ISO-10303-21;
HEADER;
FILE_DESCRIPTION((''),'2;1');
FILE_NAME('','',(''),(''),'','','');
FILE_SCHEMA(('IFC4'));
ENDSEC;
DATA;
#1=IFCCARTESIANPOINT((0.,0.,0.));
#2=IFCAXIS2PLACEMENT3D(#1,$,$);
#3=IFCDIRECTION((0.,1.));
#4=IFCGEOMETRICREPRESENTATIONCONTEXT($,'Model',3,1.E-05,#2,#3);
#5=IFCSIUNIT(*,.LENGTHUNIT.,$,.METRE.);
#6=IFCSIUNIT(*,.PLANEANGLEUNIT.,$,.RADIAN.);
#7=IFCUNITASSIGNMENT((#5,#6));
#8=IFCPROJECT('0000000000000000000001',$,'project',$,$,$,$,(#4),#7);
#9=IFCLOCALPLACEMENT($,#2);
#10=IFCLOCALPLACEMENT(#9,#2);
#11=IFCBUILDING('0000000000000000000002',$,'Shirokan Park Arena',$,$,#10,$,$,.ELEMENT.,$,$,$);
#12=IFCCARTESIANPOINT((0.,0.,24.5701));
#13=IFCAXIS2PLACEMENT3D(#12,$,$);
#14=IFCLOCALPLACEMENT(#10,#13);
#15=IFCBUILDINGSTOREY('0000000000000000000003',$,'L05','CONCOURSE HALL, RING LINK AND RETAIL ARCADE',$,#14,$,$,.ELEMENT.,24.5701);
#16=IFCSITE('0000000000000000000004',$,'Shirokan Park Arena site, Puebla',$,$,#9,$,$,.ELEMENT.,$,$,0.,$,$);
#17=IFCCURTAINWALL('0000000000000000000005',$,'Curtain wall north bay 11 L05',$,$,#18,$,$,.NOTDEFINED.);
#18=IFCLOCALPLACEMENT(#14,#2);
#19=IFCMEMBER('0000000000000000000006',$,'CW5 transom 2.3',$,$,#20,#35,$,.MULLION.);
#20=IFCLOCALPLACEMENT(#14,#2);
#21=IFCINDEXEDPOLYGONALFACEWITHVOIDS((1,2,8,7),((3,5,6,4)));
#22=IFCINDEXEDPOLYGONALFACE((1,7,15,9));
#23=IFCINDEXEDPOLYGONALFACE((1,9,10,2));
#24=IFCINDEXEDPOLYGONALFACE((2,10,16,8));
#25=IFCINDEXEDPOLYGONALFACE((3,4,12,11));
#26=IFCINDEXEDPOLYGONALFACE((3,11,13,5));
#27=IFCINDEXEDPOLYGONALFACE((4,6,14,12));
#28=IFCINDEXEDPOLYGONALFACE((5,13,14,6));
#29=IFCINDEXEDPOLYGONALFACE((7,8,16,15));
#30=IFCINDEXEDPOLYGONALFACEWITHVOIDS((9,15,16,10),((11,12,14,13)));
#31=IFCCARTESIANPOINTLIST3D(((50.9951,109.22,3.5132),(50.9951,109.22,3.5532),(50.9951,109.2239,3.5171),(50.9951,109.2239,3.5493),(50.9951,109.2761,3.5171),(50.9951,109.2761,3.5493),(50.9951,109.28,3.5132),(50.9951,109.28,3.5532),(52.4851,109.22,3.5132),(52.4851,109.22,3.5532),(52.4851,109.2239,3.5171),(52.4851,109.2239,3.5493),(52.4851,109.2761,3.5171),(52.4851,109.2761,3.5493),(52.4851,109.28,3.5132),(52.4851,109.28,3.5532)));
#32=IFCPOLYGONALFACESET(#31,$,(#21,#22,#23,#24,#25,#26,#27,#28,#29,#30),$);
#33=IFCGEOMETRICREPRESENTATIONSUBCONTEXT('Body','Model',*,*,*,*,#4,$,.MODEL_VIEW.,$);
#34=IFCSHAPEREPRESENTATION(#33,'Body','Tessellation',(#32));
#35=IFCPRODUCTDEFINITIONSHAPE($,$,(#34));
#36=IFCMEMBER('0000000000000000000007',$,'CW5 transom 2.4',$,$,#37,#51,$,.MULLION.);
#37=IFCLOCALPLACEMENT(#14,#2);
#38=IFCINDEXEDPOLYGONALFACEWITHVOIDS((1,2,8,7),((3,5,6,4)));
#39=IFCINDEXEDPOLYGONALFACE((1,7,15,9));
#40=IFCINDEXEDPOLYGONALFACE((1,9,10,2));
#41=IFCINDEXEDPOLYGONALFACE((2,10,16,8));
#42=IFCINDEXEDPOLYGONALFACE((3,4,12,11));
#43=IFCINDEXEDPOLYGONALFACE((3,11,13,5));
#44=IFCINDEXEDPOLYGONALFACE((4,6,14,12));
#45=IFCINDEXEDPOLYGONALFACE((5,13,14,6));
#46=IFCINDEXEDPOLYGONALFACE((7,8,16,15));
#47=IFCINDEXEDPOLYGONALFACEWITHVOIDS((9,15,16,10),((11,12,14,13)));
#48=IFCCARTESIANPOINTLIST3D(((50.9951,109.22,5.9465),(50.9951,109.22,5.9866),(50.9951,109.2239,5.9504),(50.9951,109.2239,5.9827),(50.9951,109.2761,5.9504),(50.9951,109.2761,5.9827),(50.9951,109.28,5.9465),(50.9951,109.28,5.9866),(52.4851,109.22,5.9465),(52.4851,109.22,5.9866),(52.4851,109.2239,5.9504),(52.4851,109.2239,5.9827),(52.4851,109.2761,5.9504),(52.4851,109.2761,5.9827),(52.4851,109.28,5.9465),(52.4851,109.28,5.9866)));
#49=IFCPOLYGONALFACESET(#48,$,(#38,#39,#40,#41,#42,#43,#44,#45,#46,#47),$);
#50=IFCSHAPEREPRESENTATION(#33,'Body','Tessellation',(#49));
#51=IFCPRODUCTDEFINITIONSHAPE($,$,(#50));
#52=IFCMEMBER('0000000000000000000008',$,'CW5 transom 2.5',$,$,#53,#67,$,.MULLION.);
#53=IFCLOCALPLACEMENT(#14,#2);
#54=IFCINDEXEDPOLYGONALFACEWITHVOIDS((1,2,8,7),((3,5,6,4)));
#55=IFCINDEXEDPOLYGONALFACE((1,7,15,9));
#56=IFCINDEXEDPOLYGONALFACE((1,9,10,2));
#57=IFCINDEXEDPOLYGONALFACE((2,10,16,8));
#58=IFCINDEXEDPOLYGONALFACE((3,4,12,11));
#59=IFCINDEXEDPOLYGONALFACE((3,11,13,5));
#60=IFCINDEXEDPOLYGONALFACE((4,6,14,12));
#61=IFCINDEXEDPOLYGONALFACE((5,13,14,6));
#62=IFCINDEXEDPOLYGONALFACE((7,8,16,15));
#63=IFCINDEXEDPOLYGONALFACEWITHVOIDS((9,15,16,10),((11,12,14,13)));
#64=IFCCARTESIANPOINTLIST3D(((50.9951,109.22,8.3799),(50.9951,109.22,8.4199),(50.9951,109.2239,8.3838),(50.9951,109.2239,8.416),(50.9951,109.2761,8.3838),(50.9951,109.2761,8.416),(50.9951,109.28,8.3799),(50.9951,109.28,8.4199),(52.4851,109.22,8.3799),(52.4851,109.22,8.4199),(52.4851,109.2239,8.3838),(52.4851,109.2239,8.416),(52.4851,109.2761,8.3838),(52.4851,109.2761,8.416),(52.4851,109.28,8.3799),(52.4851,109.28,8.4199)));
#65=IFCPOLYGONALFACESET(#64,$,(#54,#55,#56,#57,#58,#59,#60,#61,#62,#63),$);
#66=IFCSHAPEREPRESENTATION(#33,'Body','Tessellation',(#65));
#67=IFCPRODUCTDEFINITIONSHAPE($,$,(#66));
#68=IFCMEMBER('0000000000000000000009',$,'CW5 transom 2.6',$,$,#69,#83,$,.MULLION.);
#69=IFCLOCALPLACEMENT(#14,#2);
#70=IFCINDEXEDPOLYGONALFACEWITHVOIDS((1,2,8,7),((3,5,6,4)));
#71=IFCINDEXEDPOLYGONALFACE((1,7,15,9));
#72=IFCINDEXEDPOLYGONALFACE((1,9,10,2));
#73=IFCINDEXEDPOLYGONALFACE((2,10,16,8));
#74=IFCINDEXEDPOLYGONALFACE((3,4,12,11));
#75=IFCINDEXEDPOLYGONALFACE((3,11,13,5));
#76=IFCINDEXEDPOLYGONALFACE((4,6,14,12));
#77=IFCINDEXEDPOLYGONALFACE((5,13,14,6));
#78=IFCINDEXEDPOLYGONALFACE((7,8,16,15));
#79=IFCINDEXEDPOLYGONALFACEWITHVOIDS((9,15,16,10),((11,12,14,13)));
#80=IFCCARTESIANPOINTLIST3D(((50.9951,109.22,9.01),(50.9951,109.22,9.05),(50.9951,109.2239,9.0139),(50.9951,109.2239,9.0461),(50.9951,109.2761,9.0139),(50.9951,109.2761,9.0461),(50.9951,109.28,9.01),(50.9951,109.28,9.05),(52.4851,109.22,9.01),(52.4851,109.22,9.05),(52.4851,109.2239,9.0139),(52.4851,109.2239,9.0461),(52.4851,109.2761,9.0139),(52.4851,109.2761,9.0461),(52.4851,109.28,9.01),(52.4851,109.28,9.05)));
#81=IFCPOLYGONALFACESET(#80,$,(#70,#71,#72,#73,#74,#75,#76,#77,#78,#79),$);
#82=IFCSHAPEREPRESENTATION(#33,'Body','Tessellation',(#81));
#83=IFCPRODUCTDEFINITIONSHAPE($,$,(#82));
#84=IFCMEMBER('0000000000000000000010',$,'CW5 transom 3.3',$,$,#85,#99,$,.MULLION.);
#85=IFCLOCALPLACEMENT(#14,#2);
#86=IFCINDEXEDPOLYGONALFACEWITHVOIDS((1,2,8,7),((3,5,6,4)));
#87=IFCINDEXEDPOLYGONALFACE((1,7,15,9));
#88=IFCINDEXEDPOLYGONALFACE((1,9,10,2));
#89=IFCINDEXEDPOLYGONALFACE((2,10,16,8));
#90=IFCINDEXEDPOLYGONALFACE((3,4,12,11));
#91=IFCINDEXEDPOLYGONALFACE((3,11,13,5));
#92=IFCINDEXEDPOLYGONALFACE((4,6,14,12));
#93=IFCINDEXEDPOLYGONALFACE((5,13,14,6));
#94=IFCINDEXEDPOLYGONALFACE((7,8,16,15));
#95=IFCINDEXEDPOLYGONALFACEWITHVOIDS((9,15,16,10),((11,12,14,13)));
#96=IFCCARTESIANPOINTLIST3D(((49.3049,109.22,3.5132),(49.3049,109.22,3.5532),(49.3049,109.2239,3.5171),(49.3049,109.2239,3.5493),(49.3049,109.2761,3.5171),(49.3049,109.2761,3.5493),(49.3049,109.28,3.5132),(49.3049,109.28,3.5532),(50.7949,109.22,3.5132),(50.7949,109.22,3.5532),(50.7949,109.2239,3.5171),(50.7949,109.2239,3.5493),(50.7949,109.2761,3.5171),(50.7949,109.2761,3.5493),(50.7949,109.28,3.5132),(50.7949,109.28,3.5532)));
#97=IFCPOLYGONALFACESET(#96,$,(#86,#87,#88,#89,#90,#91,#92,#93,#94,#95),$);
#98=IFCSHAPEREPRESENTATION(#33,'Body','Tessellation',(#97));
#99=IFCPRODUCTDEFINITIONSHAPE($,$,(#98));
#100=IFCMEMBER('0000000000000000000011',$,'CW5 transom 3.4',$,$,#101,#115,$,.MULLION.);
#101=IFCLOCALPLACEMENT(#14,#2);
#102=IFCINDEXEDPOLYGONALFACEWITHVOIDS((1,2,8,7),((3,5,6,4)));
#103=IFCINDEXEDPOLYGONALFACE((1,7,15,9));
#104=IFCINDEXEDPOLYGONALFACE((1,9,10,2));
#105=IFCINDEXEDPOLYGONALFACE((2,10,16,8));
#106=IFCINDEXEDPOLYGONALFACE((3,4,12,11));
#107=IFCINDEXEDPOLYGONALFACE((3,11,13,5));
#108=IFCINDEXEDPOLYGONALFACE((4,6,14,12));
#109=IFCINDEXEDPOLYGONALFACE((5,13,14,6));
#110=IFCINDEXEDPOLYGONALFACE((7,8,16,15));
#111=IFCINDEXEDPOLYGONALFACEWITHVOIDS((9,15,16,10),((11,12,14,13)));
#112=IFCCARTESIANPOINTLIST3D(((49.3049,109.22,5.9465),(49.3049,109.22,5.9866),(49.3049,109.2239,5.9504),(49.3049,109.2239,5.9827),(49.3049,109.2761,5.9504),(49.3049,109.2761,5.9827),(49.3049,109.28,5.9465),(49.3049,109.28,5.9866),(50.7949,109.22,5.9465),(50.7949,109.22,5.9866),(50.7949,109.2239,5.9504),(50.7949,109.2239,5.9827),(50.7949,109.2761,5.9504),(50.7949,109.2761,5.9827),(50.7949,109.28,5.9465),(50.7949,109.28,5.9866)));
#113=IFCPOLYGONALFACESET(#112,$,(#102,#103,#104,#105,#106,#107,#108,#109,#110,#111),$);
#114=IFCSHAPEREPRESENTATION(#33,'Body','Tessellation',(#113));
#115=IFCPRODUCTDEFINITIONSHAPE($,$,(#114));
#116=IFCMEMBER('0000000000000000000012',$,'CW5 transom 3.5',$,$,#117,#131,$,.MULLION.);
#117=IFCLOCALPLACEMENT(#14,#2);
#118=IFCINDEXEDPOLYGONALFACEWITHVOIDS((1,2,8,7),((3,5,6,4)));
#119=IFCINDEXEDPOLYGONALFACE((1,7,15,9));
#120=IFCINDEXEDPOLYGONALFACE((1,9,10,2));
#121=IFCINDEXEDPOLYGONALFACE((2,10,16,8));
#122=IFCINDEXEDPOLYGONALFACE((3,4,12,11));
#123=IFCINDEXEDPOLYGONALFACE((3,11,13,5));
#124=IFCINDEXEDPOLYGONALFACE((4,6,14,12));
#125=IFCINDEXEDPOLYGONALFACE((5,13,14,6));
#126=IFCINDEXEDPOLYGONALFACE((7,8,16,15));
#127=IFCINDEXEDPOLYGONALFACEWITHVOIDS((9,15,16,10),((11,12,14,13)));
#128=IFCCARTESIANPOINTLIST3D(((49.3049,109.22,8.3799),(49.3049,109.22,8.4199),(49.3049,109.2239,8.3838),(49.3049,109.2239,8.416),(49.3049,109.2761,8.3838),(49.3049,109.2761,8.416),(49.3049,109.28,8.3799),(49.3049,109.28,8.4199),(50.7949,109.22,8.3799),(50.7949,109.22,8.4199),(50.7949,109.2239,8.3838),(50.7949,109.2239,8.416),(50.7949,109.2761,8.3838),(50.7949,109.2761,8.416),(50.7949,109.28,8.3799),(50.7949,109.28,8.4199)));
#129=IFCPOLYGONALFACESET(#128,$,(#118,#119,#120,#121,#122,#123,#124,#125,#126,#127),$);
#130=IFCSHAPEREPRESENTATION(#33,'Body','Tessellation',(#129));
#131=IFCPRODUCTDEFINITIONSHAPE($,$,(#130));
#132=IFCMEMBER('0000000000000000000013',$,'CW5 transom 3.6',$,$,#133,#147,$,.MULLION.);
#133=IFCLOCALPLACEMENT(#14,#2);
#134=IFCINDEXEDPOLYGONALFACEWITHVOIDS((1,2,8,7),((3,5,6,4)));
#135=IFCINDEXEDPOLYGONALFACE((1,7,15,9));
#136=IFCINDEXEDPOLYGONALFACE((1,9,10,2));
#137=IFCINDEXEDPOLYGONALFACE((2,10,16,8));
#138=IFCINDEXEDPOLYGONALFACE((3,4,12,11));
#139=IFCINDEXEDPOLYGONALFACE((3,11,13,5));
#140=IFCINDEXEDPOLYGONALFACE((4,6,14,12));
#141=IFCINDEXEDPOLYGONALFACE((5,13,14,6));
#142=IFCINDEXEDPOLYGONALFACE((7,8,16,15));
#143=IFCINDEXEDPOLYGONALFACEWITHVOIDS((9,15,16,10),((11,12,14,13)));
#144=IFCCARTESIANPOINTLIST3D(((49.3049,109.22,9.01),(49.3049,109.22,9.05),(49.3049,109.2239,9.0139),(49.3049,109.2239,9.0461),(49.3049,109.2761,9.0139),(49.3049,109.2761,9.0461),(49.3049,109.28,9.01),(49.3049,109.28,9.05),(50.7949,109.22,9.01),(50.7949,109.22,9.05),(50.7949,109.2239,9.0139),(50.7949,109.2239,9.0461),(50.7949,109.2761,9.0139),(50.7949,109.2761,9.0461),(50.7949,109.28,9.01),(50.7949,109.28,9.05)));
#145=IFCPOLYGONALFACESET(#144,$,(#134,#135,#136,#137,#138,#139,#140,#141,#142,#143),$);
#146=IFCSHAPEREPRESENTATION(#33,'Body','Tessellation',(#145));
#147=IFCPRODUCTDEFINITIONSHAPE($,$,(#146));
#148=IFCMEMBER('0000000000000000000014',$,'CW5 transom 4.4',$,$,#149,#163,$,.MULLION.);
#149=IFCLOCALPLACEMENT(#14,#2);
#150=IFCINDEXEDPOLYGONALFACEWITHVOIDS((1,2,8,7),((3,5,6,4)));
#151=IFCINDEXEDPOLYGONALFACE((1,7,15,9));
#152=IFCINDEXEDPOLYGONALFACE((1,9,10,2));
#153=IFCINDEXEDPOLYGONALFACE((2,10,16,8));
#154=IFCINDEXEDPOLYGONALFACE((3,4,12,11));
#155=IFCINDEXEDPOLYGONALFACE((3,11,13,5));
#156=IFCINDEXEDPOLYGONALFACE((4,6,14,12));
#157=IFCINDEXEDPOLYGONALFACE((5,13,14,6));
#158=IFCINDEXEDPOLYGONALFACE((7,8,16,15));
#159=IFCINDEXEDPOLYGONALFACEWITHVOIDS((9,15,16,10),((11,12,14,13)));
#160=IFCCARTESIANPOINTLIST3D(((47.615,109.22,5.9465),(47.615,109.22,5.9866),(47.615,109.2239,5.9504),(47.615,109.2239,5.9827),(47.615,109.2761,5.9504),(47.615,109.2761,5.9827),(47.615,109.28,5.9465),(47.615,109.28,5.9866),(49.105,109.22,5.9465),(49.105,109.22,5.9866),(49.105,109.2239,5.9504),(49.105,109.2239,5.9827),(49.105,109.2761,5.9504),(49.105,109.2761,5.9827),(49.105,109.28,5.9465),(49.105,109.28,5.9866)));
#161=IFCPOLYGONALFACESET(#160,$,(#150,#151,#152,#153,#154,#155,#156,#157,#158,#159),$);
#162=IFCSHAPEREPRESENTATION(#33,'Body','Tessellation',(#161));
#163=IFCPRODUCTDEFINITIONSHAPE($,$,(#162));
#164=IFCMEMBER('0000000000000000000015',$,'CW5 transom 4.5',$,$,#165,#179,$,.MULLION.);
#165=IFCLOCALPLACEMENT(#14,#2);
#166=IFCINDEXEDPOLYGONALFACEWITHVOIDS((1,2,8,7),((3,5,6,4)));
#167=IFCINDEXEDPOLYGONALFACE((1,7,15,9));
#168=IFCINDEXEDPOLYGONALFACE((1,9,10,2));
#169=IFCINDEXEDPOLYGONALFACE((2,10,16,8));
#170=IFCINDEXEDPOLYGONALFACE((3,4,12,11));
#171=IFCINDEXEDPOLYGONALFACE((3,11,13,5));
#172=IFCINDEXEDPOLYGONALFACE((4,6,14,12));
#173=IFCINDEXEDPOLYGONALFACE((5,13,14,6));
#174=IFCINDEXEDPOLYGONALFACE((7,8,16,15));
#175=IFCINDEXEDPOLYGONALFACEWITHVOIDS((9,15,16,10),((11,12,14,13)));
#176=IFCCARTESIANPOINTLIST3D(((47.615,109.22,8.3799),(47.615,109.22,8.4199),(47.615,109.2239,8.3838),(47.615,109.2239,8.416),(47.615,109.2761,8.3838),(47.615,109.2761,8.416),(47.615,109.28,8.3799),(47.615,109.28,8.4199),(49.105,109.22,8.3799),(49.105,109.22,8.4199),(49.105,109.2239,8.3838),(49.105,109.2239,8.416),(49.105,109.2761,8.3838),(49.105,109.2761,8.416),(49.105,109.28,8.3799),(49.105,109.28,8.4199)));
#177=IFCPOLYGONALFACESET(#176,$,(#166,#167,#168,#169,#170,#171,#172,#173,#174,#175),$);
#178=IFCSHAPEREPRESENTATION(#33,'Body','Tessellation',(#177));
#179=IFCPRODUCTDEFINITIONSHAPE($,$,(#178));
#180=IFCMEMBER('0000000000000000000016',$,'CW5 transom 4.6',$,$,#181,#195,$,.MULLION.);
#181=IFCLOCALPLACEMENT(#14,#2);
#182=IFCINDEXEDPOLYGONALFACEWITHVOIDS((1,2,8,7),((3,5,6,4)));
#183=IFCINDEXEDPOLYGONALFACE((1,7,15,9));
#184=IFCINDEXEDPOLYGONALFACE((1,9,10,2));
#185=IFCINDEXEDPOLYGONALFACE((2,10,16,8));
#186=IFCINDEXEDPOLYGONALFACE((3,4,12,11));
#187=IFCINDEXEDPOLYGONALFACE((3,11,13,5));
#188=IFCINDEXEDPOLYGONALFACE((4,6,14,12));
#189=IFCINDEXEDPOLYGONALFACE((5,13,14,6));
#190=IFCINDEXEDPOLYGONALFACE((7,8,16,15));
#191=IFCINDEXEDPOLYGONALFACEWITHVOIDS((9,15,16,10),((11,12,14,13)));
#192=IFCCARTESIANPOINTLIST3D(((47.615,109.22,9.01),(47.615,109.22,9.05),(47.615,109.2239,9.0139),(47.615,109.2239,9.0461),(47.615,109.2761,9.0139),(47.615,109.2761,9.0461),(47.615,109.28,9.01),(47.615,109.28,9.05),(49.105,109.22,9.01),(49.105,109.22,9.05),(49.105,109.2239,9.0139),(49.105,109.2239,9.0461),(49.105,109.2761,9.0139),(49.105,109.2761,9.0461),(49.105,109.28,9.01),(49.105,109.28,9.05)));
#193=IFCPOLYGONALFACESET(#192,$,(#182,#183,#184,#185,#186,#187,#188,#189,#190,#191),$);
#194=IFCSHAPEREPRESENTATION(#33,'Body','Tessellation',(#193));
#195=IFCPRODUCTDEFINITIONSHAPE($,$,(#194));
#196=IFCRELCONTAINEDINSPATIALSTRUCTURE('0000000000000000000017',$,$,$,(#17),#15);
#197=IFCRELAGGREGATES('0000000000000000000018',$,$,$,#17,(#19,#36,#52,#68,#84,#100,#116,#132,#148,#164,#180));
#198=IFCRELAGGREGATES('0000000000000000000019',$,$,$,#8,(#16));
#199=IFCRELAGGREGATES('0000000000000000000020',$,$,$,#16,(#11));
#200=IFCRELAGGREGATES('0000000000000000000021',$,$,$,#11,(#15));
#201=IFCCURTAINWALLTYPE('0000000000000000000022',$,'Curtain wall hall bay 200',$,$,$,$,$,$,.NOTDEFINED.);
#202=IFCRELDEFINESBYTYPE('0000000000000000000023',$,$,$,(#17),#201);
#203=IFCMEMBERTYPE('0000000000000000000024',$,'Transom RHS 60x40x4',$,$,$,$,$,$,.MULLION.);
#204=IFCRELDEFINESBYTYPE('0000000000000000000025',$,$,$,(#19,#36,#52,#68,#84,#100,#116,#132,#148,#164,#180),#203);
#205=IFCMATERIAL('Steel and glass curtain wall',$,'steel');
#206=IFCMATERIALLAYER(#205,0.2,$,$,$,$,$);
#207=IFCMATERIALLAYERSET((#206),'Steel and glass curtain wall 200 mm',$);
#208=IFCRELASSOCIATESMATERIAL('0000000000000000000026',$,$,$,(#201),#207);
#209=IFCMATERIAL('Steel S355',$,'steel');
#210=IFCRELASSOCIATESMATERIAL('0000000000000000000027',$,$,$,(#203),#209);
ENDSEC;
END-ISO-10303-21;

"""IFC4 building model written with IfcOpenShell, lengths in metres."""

from ifc_helpers import new_model, si_unit, direction, frame, origin, origin_2d, place, context, subcontext, project, spatial, hollow_rectangle, extrude, material, layer, layer_set, material_profile, profile_set, type_object, element, aggregate, save


model = new_model("IFC4")

# Units and contexts
model_context = context("Model", 3, precision=1e-05, world=origin(), true_north=direction((0.0, 1.0)))
body_context = subcontext(model_context, "Body", "Model", "MODEL_VIEW")
ifc_project = project(units=[si_unit("LENGTHUNIT", "METRE"), si_unit("PLANEANGLEUNIT", "RADIAN")], contexts=[model_context])

# Site, building, storey
site_placement = place(None, origin())
site = spatial("IfcSite", under=ifc_project, at=site_placement, Name="Shirokan Park Arena site, Puebla", CompositionType="ELEMENT", RefElevation=0.0)
building_placement = place(site_placement, origin())
building = spatial("IfcBuilding", under=site, at=building_placement, Name="Shirokan Park Arena", CompositionType="ELEMENT")
storey_placement = place(building_placement, frame((0.0, 0.0, 24.5701)))
storey = spatial("IfcBuildingStorey", under=building, at=storey_placement, Name="L05", Description="CONCOURSE HALL, RING LINK AND RETAIL ARCADE", CompositionType="ELEMENT", Elevation=24.5701)

# Curtain wall, members
ifc_material_1 = material(Name="Steel and glass curtain wall", Category="steel")
ifc_layer_1 = layer(ifc_material_1, 0.2)
ifc_layer_set_1 = layer_set([ifc_layer_1], Name="Steel and glass curtain wall 200 mm")
curtain_wall_type = type_object("IfcCurtainWallType", Name="Curtain wall hall bay 200", PredefinedType="NOTDEFINED", material=ifc_layer_set_1)
curtain_wall_placement = place(storey_placement, origin())
curtain_wall = element("IfcCurtainWall", 1, at=curtain_wall_placement, inside=storey, type_object=curtain_wall_type, Name="Curtain wall north bay 11 L05", PredefinedType="NOTDEFINED")
ifc_material_2 = material(Name="Steel S355", Category="steel")
ifc_material_profile = material_profile(ifc_material_2, hollow_rectangle(XDim=0.0601, YDim=0.04, WallThickness=0.0039, at=origin_2d()), Name="RHS 60x40x4")
ifc_profile_set = profile_set([ifc_material_profile], Name="Steel S355")
member_type = type_object("IfcMemberType", Name="Transom RHS 60x40x4", PredefinedType="MULLION", material=ifc_profile_set)
member_1_placement = place(storey_placement, frame((52.4851, 109.25, 3.5332), z_axis=(-1.0, 0.0, 0.0), x_axis=(0.0, -1.0, 0.0)))
member_1 = element("IfcMember", 2, at=member_1_placement, type_object=member_type, Name="CW5 transom 2.3", PredefinedType="MULLION", context=body_context, shape_type="SweptSolid", body=[
    extrude(hollow_rectangle(XDim=0.0601, YDim=0.04, WallThickness=0.0039, at=origin_2d()), origin(), (0.0, 0.0, 1.0), 1.49),
])
member_2_placement = place(storey_placement, frame((52.4851, 109.25, 5.9666), z_axis=(-1.0, 0.0, 0.0), x_axis=(0.0, -1.0, 0.0)))
member_2 = element("IfcMember", 3, at=member_2_placement, type_object=member_type, Name="CW5 transom 2.4", PredefinedType="MULLION", context=body_context, shape_type="SweptSolid", body=[
    extrude(hollow_rectangle(XDim=0.0601, YDim=0.04, WallThickness=0.0039, at=origin_2d()), origin(), (0.0, 0.0, 1.0), 1.49),
])
member_3_placement = place(storey_placement, frame((52.4851, 109.25, 8.3999), z_axis=(-1.0, 0.0, 0.0), x_axis=(0.0, -1.0, 0.0)))
member_3 = element("IfcMember", 4, at=member_3_placement, type_object=member_type, Name="CW5 transom 2.5", PredefinedType="MULLION", context=body_context, shape_type="SweptSolid", body=[
    extrude(hollow_rectangle(XDim=0.0601, YDim=0.04, WallThickness=0.0039, at=origin_2d()), origin(), (0.0, 0.0, 1.0), 1.49),
])
member_4_placement = place(storey_placement, frame((52.4851, 109.25, 9.03), z_axis=(-1.0, 0.0, 0.0), x_axis=(0.0, -1.0, 0.0)))
member_4 = element("IfcMember", 5, at=member_4_placement, type_object=member_type, Name="CW5 transom 2.6", PredefinedType="MULLION", context=body_context, shape_type="SweptSolid", body=[
    extrude(hollow_rectangle(XDim=0.0601, YDim=0.04, WallThickness=0.0039, at=origin_2d()), origin(), (0.0, 0.0, 1.0), 1.49),
])
member_5_placement = place(storey_placement, frame((50.7949, 109.25, 3.5332), z_axis=(-1.0, 0.0, 0.0), x_axis=(0.0, -1.0, 0.0)))
member_5 = element("IfcMember", 6, at=member_5_placement, type_object=member_type, Name="CW5 transom 3.3", PredefinedType="MULLION", context=body_context, shape_type="SweptSolid", body=[
    extrude(hollow_rectangle(XDim=0.0601, YDim=0.04, WallThickness=0.0039, at=origin_2d()), origin(), (0.0, 0.0, 1.0), 1.49),
])
member_6_placement = place(storey_placement, frame((50.7949, 109.25, 5.9666), z_axis=(-1.0, 0.0, 0.0), x_axis=(0.0, -1.0, 0.0)))
member_6 = element("IfcMember", 7, at=member_6_placement, type_object=member_type, Name="CW5 transom 3.4", PredefinedType="MULLION", context=body_context, shape_type="SweptSolid", body=[
    extrude(hollow_rectangle(XDim=0.0601, YDim=0.04, WallThickness=0.0039, at=origin_2d()), origin(), (0.0, 0.0, 1.0), 1.49),
])
member_7_placement = place(storey_placement, frame((50.7949, 109.25, 8.3999), z_axis=(-1.0, 0.0, 0.0), x_axis=(0.0, -1.0, 0.0)))
member_7 = element("IfcMember", 8, at=member_7_placement, type_object=member_type, Name="CW5 transom 3.5", PredefinedType="MULLION", context=body_context, shape_type="SweptSolid", body=[
    extrude(hollow_rectangle(XDim=0.0601, YDim=0.04, WallThickness=0.0039, at=origin_2d()), origin(), (0.0, 0.0, 1.0), 1.49),
])
member_8_placement = place(storey_placement, frame((50.7949, 109.25, 9.03), z_axis=(-1.0, 0.0, 0.0), x_axis=(0.0, -1.0, 0.0)))
member_8 = element("IfcMember", 9, at=member_8_placement, type_object=member_type, Name="CW5 transom 3.6", PredefinedType="MULLION", context=body_context, shape_type="SweptSolid", body=[
    extrude(hollow_rectangle(XDim=0.0601, YDim=0.04, WallThickness=0.0039, at=origin_2d()), origin(), (0.0, 0.0, 1.0), 1.49),
])
member_9_placement = place(storey_placement, frame((49.105, 109.25, 5.9666), z_axis=(-1.0, 0.0, 0.0), x_axis=(0.0, -1.0, 0.0)))
member_9 = element("IfcMember", 10, at=member_9_placement, type_object=member_type, Name="CW5 transom 4.4", PredefinedType="MULLION", context=body_context, shape_type="SweptSolid", body=[
    extrude(hollow_rectangle(XDim=0.0601, YDim=0.04, WallThickness=0.0039, at=origin_2d()), origin(), (0.0, 0.0, 1.0), 1.49),
])
member_10_placement = place(storey_placement, frame((49.105, 109.25, 8.3999), z_axis=(-1.0, 0.0, 0.0), x_axis=(0.0, -1.0, 0.0)))
member_10 = element("IfcMember", 11, at=member_10_placement, type_object=member_type, Name="CW5 transom 4.5", PredefinedType="MULLION", context=body_context, shape_type="SweptSolid", body=[
    extrude(hollow_rectangle(XDim=0.0601, YDim=0.04, WallThickness=0.0039, at=origin_2d()), origin(), (0.0, 0.0, 1.0), 1.49),
])
member_11_placement = place(storey_placement, frame((49.105, 109.25, 9.03), z_axis=(-1.0, 0.0, 0.0), x_axis=(0.0, -1.0, 0.0)))
member_11 = element("IfcMember", 12, at=member_11_placement, type_object=member_type, Name="CW5 transom 4.6", PredefinedType="MULLION", context=body_context, shape_type="SweptSolid", body=[
    extrude(hollow_rectangle(XDim=0.0601, YDim=0.04, WallThickness=0.0039, at=origin_2d()), origin(), (0.0, 0.0, 1.0), 1.49),
])
aggregate(curtain_wall, [member_1, member_2, member_3, member_4, member_5, member_6, member_7, member_8, member_9, member_10, member_11])

save(model, "model.ifc")
